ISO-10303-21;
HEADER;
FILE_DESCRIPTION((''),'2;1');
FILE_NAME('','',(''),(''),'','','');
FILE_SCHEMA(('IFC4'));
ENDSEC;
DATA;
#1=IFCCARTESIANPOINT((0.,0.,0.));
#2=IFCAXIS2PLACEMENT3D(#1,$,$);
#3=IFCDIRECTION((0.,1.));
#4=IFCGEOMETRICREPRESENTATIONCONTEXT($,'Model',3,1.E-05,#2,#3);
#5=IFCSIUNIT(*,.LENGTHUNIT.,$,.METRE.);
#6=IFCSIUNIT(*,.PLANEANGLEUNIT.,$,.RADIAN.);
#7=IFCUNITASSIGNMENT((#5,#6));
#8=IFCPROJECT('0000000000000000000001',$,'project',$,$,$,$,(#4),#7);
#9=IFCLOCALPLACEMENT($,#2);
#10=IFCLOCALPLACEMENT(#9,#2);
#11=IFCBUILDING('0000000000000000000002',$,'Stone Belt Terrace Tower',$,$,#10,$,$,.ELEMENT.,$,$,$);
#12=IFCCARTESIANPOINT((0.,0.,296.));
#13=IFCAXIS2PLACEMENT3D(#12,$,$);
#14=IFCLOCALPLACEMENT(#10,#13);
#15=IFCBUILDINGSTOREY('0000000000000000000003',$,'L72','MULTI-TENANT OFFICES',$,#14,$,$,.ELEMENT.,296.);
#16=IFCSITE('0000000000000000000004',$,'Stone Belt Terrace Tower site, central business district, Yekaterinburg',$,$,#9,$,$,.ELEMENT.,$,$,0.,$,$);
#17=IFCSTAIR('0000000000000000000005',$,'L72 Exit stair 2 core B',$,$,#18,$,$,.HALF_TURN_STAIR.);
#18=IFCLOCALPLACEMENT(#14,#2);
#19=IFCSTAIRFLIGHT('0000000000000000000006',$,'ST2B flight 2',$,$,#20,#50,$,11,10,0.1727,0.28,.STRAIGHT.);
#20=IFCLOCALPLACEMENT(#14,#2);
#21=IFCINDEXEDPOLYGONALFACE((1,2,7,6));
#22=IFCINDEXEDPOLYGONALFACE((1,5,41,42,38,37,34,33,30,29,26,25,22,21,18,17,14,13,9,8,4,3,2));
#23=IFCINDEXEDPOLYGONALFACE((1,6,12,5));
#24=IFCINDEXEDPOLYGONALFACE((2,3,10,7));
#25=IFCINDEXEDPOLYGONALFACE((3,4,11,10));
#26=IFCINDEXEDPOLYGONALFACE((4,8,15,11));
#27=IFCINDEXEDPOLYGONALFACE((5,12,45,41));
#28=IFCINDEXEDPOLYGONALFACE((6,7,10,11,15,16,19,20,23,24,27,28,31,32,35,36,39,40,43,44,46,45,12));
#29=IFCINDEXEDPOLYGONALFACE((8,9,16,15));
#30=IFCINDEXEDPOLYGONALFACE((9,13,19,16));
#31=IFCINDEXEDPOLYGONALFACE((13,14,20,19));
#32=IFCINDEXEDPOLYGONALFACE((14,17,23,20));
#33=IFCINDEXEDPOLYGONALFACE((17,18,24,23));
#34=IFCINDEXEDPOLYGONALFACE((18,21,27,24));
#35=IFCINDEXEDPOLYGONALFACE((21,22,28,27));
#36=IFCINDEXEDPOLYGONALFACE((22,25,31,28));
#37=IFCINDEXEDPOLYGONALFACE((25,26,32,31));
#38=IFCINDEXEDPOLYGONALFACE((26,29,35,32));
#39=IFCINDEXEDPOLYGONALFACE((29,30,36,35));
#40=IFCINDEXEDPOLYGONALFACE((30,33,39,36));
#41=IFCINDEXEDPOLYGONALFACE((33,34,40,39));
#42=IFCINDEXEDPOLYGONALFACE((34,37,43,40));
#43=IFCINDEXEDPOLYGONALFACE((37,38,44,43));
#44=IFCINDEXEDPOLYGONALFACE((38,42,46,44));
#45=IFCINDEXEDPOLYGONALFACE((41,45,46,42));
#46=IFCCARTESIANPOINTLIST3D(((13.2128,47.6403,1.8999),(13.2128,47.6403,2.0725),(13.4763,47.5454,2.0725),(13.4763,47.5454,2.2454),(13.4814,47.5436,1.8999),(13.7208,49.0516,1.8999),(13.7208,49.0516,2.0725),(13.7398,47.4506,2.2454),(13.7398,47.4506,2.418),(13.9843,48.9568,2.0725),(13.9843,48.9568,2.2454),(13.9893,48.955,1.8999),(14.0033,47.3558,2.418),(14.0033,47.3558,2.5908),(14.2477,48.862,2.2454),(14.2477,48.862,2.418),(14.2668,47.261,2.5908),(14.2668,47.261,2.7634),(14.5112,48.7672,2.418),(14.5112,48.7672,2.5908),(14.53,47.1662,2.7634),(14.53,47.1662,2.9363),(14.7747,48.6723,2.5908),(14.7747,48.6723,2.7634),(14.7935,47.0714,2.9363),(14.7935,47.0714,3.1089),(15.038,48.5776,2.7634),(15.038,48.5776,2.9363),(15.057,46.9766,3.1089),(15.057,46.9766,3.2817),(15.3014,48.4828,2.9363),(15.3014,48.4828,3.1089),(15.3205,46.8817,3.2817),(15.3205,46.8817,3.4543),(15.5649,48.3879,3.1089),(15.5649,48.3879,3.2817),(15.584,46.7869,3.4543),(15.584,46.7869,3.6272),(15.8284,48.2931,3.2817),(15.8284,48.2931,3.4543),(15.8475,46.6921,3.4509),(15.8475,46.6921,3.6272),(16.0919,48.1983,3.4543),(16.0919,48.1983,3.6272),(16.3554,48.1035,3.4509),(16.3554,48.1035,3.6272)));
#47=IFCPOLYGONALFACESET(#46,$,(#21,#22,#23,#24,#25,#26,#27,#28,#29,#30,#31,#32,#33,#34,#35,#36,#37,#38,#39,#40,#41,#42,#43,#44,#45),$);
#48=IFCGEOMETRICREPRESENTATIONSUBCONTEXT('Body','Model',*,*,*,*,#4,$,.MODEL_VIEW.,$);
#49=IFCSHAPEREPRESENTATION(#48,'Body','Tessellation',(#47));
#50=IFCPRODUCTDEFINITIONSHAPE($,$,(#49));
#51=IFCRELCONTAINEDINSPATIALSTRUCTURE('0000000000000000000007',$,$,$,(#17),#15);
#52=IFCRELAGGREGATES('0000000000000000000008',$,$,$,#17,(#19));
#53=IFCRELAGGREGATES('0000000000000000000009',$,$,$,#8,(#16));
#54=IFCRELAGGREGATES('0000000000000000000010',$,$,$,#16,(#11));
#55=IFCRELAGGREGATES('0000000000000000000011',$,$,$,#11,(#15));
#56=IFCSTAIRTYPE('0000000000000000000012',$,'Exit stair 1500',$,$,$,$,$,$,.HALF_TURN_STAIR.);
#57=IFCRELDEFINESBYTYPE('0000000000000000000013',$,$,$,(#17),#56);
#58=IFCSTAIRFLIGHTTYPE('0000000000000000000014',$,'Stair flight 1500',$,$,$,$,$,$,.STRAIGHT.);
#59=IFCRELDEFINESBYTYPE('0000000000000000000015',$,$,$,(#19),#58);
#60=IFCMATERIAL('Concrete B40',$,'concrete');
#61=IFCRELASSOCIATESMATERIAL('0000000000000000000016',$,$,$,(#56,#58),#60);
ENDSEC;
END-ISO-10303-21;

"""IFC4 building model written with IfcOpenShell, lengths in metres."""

from ifc_helpers import new_model, si_unit, direction, frame, origin, place, context, subcontext, project, spatial, polyline, outline, extrude, material, type_object, element, aggregate, save


model = new_model("IFC4")

# Units and contexts
model_context = context("Model", 3, precision=1e-05, world=origin(), true_north=direction((0.0, 1.0)))
body_context = subcontext(model_context, "Body", "Model", "MODEL_VIEW")
ifc_project = project(units=[si_unit("LENGTHUNIT", "METRE"), si_unit("PLANEANGLEUNIT", "RADIAN")], contexts=[model_context])

# Site, building, storey
site_placement = place(None, origin())
site = spatial("IfcSite", under=ifc_project, at=site_placement, Name="Stone Belt Terrace Tower site, central business district, Yekaterinburg", CompositionType="ELEMENT", RefElevation=0.0)
building_placement = place(site_placement, origin())
building = spatial("IfcBuilding", under=site, at=building_placement, Name="Stone Belt Terrace Tower", CompositionType="ELEMENT")
storey_placement = place(building_placement, frame((0.0, 0.0, 296.0)))
storey = spatial("IfcBuildingStorey", under=building, at=storey_placement, Name="L72", Description="MULTI-TENANT OFFICES", CompositionType="ELEMENT", Elevation=296.0)

# Stair, stair flight
ifc_material_1 = material(Name="Concrete B40", Category="concrete")
stair_type = type_object("IfcStairType", Name="Exit stair 1500", PredefinedType="HALF_TURN_STAIR", material=ifc_material_1)
stair_placement = place(storey_placement, origin())
stair = element("IfcStair", 1, at=stair_placement, inside=storey, type_object=stair_type, Name="L72 Exit stair 2 core B", PredefinedType="HALF_TURN_STAIR")
stair_flight_type = type_object("IfcStairFlightType", Name="Stair flight 1500", PredefinedType="STRAIGHT", material=ifc_material_1)
stair_flight_placement = place(storey_placement, frame((13.4668, 48.3459, 1.8999), z_axis=(0.0, 0.0, 1.0), x_axis=(0.940922, -0.338624, 0.0)))
stair_flight = element("IfcStairFlight", 2, at=stair_flight_placement, type_object=stair_flight_type, Name="ST2B flight 2", NumberOfRisers=11, NumberOfTreads=10, PredefinedType="STRAIGHT", RiserHeight=0.1727, TreadLength=0.28, context=body_context, shape_type="SweptSolid", body=[
    extrude(outline(polyline([(0.0, 0.0), (0.0, 0.1726), (0.28, 0.1726), (0.28, 0.3455), (0.5601, 0.3455), (0.5601, 0.5181), (0.8401, 0.5181), (0.8401, 0.6909), (1.1201, 0.6909), (1.1201, 0.8635), (1.3999, 0.8635), (1.3999, 1.0364), (1.6799, 1.0364), (1.6799, 1.209), (1.96, 1.209), (1.96, 1.3818), (2.24, 1.3818), (2.24, 1.5544), (2.52, 1.5544), (2.52, 1.7273), (2.8, 1.7273), (2.8, 1.8999), (2.8, 1.551), (0.2854, 0.0), (0.0, 0.0)])), frame((0.0, 0.75, 0.0), z_axis=(0.0, -1.0, 0.0), x_axis=(1.0, 0.0, 0.0)), (0.0, 0.0, 1.0), 1.5),
])
aggregate(stair, [stair_flight])

save(model, "model.ifc")
